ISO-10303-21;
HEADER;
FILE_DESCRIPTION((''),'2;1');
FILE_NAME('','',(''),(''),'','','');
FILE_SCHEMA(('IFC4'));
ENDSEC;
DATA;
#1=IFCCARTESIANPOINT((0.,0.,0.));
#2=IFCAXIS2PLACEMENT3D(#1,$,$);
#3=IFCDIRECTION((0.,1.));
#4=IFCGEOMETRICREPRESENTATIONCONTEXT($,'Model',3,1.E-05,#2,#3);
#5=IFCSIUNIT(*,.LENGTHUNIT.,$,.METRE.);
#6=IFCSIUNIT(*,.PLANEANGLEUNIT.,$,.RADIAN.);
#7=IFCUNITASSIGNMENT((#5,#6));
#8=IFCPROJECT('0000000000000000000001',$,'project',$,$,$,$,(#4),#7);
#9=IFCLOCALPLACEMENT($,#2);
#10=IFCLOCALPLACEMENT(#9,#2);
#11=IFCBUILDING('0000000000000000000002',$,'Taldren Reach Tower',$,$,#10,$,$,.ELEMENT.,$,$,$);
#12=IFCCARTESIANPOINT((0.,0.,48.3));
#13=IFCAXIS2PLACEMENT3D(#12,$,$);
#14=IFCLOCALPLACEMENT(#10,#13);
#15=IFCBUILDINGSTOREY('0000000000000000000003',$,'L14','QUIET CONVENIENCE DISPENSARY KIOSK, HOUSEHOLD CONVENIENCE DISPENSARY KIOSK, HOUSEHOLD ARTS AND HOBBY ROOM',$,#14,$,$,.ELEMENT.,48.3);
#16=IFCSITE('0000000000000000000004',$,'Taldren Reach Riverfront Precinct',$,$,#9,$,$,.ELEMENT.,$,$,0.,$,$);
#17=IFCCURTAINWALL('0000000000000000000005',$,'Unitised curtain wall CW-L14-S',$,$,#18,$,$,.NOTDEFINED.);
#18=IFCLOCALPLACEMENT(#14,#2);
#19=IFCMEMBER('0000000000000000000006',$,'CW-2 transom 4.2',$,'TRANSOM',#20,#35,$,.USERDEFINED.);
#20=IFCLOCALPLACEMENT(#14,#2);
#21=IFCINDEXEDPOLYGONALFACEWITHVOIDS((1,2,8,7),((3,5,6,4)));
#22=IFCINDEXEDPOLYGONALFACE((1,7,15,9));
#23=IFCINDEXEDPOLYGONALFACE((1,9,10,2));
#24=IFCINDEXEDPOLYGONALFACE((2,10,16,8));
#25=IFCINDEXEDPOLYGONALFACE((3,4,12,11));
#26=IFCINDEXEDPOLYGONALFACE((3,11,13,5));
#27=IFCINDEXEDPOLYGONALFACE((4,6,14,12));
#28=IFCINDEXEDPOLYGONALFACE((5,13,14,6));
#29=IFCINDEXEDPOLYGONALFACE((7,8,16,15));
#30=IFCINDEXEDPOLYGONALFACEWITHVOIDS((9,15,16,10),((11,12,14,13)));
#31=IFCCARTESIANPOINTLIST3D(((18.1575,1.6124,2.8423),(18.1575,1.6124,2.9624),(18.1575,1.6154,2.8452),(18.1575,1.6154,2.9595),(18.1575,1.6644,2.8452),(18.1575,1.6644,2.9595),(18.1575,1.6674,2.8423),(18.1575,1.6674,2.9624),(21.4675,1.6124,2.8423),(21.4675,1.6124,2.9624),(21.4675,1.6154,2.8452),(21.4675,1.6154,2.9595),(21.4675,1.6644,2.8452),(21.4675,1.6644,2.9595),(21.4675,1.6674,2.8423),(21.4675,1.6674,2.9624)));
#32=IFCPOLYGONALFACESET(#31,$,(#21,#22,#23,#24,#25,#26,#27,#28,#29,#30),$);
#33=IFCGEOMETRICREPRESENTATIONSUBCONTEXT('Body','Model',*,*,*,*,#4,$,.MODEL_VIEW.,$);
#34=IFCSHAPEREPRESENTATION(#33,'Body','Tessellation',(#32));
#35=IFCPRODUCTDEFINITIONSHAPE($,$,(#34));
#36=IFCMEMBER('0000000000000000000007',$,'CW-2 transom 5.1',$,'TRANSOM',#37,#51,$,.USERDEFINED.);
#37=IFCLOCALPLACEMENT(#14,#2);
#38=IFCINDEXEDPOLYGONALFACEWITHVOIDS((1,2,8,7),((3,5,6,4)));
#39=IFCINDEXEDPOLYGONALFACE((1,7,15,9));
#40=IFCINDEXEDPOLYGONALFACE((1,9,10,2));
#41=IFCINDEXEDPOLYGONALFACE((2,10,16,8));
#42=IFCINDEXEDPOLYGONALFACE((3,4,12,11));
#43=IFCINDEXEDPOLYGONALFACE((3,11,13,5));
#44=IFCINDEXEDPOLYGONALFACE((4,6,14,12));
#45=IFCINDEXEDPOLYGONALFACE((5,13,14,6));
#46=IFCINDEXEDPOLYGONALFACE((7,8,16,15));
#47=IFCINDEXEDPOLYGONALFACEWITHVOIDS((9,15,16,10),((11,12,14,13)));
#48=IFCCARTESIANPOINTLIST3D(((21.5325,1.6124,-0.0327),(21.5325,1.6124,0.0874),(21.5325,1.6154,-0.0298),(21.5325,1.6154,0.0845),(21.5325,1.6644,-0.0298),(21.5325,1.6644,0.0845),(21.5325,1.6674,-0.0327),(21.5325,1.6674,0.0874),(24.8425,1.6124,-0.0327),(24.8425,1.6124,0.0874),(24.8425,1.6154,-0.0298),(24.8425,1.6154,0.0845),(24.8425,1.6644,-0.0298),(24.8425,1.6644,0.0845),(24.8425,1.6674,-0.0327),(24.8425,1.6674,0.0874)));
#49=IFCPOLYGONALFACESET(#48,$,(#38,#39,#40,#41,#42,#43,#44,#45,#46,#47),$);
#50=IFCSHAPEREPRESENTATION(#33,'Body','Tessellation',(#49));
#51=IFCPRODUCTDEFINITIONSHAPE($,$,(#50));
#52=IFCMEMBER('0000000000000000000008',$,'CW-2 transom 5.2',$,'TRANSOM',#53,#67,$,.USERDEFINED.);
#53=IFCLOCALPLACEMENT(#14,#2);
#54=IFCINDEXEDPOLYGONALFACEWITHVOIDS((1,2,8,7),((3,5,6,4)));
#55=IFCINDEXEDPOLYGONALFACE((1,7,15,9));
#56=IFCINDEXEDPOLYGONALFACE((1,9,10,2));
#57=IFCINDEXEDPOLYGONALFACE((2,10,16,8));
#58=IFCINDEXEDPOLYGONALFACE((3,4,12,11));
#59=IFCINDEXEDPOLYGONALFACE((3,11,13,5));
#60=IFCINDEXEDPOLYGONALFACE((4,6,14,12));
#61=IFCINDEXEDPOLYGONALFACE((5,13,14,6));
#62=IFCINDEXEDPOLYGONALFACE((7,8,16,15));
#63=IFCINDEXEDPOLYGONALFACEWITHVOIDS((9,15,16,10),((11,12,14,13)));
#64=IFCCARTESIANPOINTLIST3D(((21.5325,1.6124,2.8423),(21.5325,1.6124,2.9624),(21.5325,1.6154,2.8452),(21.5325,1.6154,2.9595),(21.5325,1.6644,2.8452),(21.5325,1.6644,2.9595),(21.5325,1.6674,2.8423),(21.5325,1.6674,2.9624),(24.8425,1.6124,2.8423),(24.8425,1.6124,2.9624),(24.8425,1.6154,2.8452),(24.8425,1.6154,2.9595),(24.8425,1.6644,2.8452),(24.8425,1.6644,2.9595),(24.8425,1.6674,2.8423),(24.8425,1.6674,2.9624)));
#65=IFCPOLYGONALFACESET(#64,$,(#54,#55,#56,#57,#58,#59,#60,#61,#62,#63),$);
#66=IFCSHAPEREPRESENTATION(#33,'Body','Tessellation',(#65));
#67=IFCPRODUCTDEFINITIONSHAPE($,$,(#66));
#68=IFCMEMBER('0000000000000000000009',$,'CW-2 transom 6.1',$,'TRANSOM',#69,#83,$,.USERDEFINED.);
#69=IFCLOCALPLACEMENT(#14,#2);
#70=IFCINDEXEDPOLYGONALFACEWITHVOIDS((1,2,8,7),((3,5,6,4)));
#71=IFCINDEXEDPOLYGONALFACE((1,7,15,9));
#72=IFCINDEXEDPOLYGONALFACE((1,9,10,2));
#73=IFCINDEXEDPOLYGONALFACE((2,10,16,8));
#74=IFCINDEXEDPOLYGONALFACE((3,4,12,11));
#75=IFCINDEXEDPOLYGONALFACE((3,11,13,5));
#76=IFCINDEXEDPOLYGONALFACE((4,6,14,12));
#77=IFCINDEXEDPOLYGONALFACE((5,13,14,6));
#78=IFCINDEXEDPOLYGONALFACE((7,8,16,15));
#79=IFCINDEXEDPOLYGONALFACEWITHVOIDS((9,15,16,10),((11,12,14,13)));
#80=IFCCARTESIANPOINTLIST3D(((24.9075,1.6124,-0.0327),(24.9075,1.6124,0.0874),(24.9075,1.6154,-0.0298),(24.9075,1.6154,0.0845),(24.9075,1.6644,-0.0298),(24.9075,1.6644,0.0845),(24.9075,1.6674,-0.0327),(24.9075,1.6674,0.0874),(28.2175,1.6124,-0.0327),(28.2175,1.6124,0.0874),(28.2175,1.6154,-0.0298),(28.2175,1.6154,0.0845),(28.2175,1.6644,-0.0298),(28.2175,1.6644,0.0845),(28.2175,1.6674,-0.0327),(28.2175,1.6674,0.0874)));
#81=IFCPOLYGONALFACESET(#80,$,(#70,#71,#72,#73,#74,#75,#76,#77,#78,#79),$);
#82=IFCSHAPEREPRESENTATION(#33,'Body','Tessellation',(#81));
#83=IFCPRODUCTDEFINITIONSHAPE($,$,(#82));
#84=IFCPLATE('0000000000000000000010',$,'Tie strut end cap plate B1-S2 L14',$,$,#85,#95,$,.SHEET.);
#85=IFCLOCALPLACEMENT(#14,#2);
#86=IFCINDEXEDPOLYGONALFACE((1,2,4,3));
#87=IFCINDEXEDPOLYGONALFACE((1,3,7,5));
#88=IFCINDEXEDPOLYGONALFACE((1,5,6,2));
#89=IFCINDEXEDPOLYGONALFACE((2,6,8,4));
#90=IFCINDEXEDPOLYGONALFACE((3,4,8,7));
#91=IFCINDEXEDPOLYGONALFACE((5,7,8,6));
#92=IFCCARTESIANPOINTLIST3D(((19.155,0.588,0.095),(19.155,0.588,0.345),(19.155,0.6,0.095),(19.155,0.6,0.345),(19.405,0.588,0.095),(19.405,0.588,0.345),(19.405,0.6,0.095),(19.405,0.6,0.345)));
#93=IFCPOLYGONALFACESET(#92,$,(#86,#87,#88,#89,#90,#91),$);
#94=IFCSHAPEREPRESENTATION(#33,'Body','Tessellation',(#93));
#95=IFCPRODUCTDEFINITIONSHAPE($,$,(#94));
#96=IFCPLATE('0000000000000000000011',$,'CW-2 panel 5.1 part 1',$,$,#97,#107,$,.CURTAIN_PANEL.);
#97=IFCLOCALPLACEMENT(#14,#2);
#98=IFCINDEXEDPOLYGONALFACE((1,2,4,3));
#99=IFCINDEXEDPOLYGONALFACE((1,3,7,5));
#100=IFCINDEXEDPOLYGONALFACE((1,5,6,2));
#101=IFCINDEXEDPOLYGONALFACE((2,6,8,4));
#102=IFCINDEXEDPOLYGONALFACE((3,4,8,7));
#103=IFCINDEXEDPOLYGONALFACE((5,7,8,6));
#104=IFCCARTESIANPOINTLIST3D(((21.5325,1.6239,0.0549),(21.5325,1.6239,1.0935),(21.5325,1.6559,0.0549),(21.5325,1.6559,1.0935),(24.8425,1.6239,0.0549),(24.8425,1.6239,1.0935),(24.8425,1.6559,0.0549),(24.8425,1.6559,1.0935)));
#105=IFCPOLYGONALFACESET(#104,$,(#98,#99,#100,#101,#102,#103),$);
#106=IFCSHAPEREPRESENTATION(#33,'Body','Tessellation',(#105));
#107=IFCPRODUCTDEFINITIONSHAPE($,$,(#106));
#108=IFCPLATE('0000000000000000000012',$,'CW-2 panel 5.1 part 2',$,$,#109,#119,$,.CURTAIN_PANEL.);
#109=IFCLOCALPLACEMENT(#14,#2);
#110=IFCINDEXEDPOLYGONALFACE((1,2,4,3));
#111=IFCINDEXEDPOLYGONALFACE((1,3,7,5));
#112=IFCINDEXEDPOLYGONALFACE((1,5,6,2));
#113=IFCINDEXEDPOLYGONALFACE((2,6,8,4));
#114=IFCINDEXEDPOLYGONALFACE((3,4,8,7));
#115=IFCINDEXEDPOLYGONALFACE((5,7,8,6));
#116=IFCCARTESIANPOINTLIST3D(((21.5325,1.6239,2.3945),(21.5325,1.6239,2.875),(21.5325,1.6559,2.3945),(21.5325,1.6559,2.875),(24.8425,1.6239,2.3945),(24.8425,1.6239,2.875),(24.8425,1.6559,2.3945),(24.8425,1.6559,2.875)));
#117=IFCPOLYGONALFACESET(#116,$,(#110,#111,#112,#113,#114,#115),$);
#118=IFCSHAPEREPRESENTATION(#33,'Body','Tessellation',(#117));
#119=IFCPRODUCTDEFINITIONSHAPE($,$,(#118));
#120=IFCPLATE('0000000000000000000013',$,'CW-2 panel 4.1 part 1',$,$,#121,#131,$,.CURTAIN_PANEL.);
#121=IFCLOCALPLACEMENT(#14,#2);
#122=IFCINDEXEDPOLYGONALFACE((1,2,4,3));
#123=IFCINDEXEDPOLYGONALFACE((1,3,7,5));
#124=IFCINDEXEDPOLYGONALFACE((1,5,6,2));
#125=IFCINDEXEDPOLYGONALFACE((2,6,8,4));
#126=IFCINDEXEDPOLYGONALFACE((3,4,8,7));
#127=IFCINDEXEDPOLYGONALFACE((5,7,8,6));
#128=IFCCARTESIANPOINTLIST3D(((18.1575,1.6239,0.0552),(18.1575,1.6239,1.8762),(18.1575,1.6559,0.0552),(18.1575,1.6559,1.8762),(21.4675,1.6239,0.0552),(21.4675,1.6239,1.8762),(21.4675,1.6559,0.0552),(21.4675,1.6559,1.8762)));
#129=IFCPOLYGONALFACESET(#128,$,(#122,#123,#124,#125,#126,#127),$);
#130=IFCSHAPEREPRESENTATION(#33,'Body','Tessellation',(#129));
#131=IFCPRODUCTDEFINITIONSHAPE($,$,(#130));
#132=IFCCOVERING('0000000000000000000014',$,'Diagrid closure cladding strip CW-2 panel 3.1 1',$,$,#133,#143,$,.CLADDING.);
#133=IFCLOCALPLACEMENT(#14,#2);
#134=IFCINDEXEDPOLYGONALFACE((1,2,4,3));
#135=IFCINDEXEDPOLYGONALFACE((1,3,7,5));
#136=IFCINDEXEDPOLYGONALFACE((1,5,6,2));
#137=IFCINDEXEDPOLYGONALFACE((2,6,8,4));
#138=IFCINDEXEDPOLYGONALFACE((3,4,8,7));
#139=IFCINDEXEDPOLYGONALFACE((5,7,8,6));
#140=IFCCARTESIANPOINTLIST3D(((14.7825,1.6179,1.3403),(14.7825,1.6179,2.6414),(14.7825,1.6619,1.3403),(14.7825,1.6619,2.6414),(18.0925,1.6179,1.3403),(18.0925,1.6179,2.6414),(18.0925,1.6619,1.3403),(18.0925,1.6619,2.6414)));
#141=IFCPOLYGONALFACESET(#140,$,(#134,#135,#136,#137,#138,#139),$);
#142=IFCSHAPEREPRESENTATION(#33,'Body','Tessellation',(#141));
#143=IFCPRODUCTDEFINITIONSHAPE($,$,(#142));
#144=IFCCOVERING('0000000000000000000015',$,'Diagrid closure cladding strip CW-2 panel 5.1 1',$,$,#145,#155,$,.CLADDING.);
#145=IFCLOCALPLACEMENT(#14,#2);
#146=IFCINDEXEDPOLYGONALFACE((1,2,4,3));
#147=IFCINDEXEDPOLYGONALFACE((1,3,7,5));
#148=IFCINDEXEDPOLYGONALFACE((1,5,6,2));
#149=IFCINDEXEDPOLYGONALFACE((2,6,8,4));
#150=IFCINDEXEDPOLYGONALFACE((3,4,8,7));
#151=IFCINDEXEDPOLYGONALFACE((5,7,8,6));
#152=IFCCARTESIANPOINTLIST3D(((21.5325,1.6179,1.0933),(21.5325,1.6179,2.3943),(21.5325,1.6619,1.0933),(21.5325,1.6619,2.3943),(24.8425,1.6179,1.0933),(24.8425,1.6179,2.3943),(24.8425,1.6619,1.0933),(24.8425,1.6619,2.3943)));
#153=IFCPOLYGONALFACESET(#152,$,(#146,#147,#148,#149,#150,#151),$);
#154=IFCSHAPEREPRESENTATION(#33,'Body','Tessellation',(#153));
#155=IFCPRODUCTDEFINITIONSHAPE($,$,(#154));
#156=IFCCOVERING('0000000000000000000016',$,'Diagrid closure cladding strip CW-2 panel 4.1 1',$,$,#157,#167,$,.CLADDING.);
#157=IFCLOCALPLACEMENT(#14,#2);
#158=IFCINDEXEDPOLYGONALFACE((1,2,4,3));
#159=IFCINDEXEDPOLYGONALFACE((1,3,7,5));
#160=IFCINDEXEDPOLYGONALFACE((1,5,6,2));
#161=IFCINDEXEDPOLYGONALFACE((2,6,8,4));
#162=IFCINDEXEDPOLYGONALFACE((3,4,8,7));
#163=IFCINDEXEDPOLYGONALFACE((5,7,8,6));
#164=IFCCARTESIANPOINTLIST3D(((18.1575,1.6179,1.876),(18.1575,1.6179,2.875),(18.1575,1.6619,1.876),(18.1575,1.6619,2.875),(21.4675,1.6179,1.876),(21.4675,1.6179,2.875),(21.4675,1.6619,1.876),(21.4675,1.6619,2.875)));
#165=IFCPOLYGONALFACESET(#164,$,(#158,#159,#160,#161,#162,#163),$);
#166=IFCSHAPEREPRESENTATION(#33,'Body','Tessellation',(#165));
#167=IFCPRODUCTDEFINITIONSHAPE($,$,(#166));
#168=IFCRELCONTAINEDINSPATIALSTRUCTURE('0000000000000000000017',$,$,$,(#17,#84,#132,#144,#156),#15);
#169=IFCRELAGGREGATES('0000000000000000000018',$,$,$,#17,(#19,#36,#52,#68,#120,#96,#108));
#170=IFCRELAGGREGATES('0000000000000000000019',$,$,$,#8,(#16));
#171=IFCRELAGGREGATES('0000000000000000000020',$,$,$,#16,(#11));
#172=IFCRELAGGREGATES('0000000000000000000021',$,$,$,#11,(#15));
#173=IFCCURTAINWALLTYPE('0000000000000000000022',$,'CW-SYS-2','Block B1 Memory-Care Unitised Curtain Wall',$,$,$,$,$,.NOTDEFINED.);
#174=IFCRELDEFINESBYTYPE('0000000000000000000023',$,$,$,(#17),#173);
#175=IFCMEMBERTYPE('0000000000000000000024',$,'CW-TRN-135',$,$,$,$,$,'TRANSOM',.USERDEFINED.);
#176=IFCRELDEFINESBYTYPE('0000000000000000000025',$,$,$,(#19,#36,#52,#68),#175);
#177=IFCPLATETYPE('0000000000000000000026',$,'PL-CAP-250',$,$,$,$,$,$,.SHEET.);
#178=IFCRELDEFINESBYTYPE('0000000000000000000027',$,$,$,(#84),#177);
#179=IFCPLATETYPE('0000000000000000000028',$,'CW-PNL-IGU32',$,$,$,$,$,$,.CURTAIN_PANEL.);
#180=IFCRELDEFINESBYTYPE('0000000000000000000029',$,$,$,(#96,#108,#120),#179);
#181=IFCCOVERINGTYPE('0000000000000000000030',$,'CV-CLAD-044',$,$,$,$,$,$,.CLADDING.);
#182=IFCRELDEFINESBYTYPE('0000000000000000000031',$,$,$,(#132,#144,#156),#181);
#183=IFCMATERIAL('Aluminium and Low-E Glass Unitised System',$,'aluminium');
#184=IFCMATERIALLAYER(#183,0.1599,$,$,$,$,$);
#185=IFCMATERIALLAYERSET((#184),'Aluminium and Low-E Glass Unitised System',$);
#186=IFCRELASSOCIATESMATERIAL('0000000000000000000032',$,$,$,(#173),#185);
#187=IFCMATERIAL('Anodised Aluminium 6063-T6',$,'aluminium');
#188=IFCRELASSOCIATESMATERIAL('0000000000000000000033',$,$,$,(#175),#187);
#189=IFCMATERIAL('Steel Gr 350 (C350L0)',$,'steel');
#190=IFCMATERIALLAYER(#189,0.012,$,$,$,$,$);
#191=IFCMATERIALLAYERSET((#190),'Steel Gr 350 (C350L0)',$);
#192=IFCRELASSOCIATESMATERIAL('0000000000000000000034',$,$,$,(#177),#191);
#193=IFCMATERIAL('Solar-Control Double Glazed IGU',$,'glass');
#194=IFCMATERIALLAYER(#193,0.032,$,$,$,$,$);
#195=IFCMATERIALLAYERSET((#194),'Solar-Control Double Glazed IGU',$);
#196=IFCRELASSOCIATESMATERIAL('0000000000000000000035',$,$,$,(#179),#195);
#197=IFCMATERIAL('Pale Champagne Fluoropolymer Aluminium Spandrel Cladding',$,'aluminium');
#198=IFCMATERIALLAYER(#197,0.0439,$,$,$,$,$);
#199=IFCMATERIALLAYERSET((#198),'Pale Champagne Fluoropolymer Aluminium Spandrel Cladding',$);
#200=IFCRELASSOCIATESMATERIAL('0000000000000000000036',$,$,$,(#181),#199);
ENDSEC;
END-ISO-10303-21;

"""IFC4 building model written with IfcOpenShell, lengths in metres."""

from ifc_helpers import new_model, si_unit, direction, frame, origin, origin_2d, place, context, subcontext, project, spatial, rectangle, hollow_rectangle, extrude, source, transform, mapped, material, layer, layer_set, material_profile, profile_set, type_object, element, aggregate, save


model = new_model("IFC4")

# Units and contexts
model_context = context("Model", 3, precision=1e-05, world=origin(), true_north=direction((0.0, 1.0)))
body_context = subcontext(model_context, "Body", "Model", "MODEL_VIEW")
ifc_project = project(units=[si_unit("LENGTHUNIT", "METRE"), si_unit("PLANEANGLEUNIT", "RADIAN")], contexts=[model_context])

# Site, building, storey
site_placement = place(None, origin())
site = spatial("IfcSite", under=ifc_project, at=site_placement, Name="Taldren Reach Riverfront Precinct", CompositionType="ELEMENT", RefElevation=0.0)
building_placement = place(site_placement, origin())
building = spatial("IfcBuilding", under=site, at=building_placement, Name="Taldren Reach Tower", CompositionType="ELEMENT")
storey_placement = place(building_placement, frame((0.0, 0.0, 48.3)))
storey = spatial("IfcBuildingStorey", under=building, at=storey_placement, Name="L14", Description="QUIET CONVENIENCE DISPENSARY KIOSK, HOUSEHOLD CONVENIENCE DISPENSARY KIOSK, HOUSEHOLD ARTS AND HOBBY ROOM", CompositionType="ELEMENT", Elevation=48.3)

# Shared definitions
ifc_material_1 = material(Name="Steel Gr 350 (C350L0)", Category="steel")

# Curtain wall, members
ifc_material_2 = material(Name="Aluminium and Low-E Glass Unitised System", Category="aluminium")
ifc_layer_1 = layer(ifc_material_2, 0.1599)
ifc_layer_set_1 = layer_set([ifc_layer_1], Name="Aluminium and Low-E Glass Unitised System")
curtain_wall_type = type_object("IfcCurtainWallType", Name="CW-SYS-2", Description="Block B1 Memory-Care Unitised Curtain Wall", PredefinedType="NOTDEFINED", material=ifc_layer_set_1)
curtain_wall_placement = place(storey_placement, origin())
curtain_wall = element("IfcCurtainWall", 1, at=curtain_wall_placement, inside=storey, type_object=curtain_wall_type, Name="Unitised curtain wall CW-L14-S", PredefinedType="NOTDEFINED")
ifc_material_3 = material(Name="Anodised Aluminium 6063-T6", Category="aluminium")
ifc_material_profile_1 = material_profile(ifc_material_3, hollow_rectangle(XDim=0.0549, YDim=0.1201, WallThickness=0.0029, at=origin_2d()), Name="ALU-120x55x3RHS")
ifc_profile_set_1 = profile_set([ifc_material_profile_1], Name="Anodised Aluminium 6063-T6")
member_type_1 = type_object("IfcMemberType", Name="CW-TRN-135", ElementType="TRANSOM", PredefinedType="USERDEFINED", material=ifc_profile_set_1)
shared_shape_1 = source(origin(), body_context, "Body", "SweptSolid", [
    extrude(hollow_rectangle(XDim=0.0549, YDim=0.1201, WallThickness=0.0029, at=origin_2d()), origin(), (0.0, 0.0, 1.0), 3.3101),
])
member_1_placement = place(storey_placement, frame((18.1575, 1.6399, 2.9023), z_axis=(1.0, 0.0, 0.0), x_axis=(0.0, 1.0, 0.0)))
member_1 = element("IfcMember", 2, at=member_1_placement, type_object=member_type_1, Name="CW-2 transom 4.2", ObjectType="TRANSOM", PredefinedType="USERDEFINED", context=body_context, shape_type="MappedRepresentation", body=[
    mapped(shared_shape_1, transform((0.0, 0.0, 0.0), scale=1.0)),
])
member_2_placement = place(storey_placement, frame((21.5325, 1.6399, 0.0273), z_axis=(1.0, 0.0, 0.0), x_axis=(0.0, 1.0, 0.0)))
member_2 = element("IfcMember", 3, at=member_2_placement, type_object=member_type_1, Name="CW-2 transom 5.1", ObjectType="TRANSOM", PredefinedType="USERDEFINED", context=body_context, shape_type="MappedRepresentation", body=[
    mapped(shared_shape_1, transform((0.0, 0.0, 0.0), scale=1.0)),
])
member_3_placement = place(storey_placement, frame((21.5325, 1.6399, 2.9023), z_axis=(1.0, 0.0, 0.0), x_axis=(0.0, 1.0, 0.0)))
member_3 = element("IfcMember", 4, at=member_3_placement, type_object=member_type_1, Name="CW-2 transom 5.2", ObjectType="TRANSOM", PredefinedType="USERDEFINED", context=body_context, shape_type="MappedRepresentation", body=[
    mapped(shared_shape_1, transform((0.0, 0.0, 0.0), scale=1.0)),
])
member_4_placement = place(storey_placement, frame((24.9075, 1.6399, 0.0273), z_axis=(1.0, 0.0, 0.0), x_axis=(0.0, 1.0, 0.0)))
member_4 = element("IfcMember", 5, at=member_4_placement, type_object=member_type_1, Name="CW-2 transom 6.1", ObjectType="TRANSOM", PredefinedType="USERDEFINED", context=body_context, shape_type="MappedRepresentation", body=[
    mapped(shared_shape_1, transform((0.0, 0.0, 0.0), scale=1.0)),
])

# Plates
ifc_layer_2 = layer(ifc_material_1, 0.012)
ifc_layer_set_2 = layer_set([ifc_layer_2], Name="Steel Gr 350 (C350L0)")
plate_type_1 = type_object("IfcPlateType", Name="PL-CAP-250", PredefinedType="SHEET", material=ifc_layer_set_2)
shared_shape_2 = source(origin(), body_context, "Body", "SweptSolid", [
    extrude(rectangle(XDim=0.25, YDim=0.012, at=origin_2d()), origin(), (0.0, 0.0, 1.0), 0.25),
])
plate_1_placement = place(storey_placement, frame((19.28, 0.594, 0.095), z_axis=(0.0, 0.0, 1.0), x_axis=(1.0, 0.0, 0.0)))
element("IfcPlate", 6, at=plate_1_placement, inside=storey, type_object=plate_type_1, Name="Tie strut end cap plate B1-S2 L14", PredefinedType="SHEET", context=body_context, shape_type="MappedRepresentation", body=[
    mapped(shared_shape_2, transform((0.0, 0.0, 0.0), scale=1.0)),
])
ifc_material_4 = material(Name="Solar-Control Double Glazed IGU", Category="glass")
ifc_layer_3 = layer(ifc_material_4, 0.032)
ifc_layer_set_3 = layer_set([ifc_layer_3], Name="Solar-Control Double Glazed IGU")
plate_type_2 = type_object("IfcPlateType", Name="CW-PNL-IGU32", PredefinedType="CURTAIN_PANEL", material=ifc_layer_set_3)
shared_shape_3 = source(origin(), body_context, "Body", "SweptSolid", [
    extrude(rectangle(XDim=3.3101, YDim=0.032, at=origin_2d()), origin(), (0.0, 0.0, 1.0), 1.0386),
])
plate_2_placement = place(storey_placement, frame((23.1875, 1.6399, 0.0549), z_axis=(0.0, 0.0, 1.0), x_axis=(1.0, 0.0, 0.0)))
plate_2 = element("IfcPlate", 7, at=plate_2_placement, type_object=plate_type_2, Name="CW-2 panel 5.1 part 1", PredefinedType="CURTAIN_PANEL", context=body_context, shape_type="MappedRepresentation", body=[
    mapped(shared_shape_3, transform((0.0, 0.0, 0.0), scale=1.0)),
])
shared_shape_4 = source(origin(), body_context, "Body", "SweptSolid", [
    extrude(rectangle(XDim=3.3101, YDim=0.032, at=origin_2d()), origin(), (0.0, 0.0, 1.0), 0.4805),
])
plate_3_placement = place(storey_placement, frame((23.1875, 1.6399, 2.3945), z_axis=(0.0, 0.0, 1.0), x_axis=(1.0, 0.0, 0.0)))
plate_3 = element("IfcPlate", 8, at=plate_3_placement, type_object=plate_type_2, Name="CW-2 panel 5.1 part 2", PredefinedType="CURTAIN_PANEL", context=body_context, shape_type="MappedRepresentation", body=[
    mapped(shared_shape_4, transform((0.0, 0.0, 0.0), scale=1.0)),
])
shared_shape_5 = source(origin(), body_context, "Body", "SweptSolid", [
    extrude(rectangle(XDim=3.3101, YDim=0.032, at=origin_2d()), origin(), (0.0, 0.0, 1.0), 1.821),
])
plate_4_placement = place(storey_placement, frame((19.8125, 1.6399, 0.0552), z_axis=(0.0, 0.0, 1.0), x_axis=(1.0, 0.0, 0.0)))
plate_4 = element("IfcPlate", 9, at=plate_4_placement, type_object=plate_type_2, Name="CW-2 panel 4.1 part 1", PredefinedType="CURTAIN_PANEL", context=body_context, shape_type="MappedRepresentation", body=[
    mapped(shared_shape_5, transform((0.0, 0.0, 0.0), scale=1.0)),
])
aggregate(curtain_wall, [member_1, member_2, member_3, member_4, plate_4, plate_2, plate_3])

# Coverings
ifc_material_5 = material(Name="Pale Champagne Fluoropolymer Aluminium Spandrel Cladding", Category="aluminium")
ifc_layer_4 = layer(ifc_material_5, 0.0439)
ifc_layer_set_4 = layer_set([ifc_layer_4], Name="Pale Champagne Fluoropolymer Aluminium Spandrel Cladding")
covering_type = type_object("IfcCoveringType", Name="CV-CLAD-044", PredefinedType="CLADDING", material=ifc_layer_set_4)
shared_shape_6 = source(origin(), body_context, "Body", "SweptSolid", [
    extrude(rectangle(XDim=3.3101, YDim=0.0439, at=origin_2d()), origin(), (0.0, 0.0, 1.0), 1.301),
])
for number, where, z_axis, x_axis, name in (
    (10, (16.4375, 1.6399, 1.3403), (0.0, 0.0, 1.0), (1.0, 0.0, 0.0), "Diagrid closure cladding strip CW-2 panel 3.1 1"),
    (11, (23.1875, 1.6399, 1.0933), (0.0, 0.0, 1.0), (1.0, 0.0, 0.0), "Diagrid closure cladding strip CW-2 panel 5.1 1"),
):
    element("IfcCovering", number, at=place(storey_placement, frame(where, z_axis=z_axis, x_axis=x_axis)), inside=storey, type_object=covering_type, Name=name, PredefinedType="CLADDING", context=body_context, shape_type="MappedRepresentation", body=[
        mapped(shared_shape_6, transform((0.0, 0.0, 0.0), scale=1.0)),
    ])
shared_shape_7 = source(origin(), body_context, "Body", "SweptSolid", [
    extrude(rectangle(XDim=3.3101, YDim=0.0439, at=origin_2d()), origin(), (0.0, 0.0, 1.0), 0.999),
])
covering_placement = place(storey_placement, frame((19.8125, 1.6399, 1.876), z_axis=(0.0, 0.0, 1.0), x_axis=(1.0, 0.0, 0.0)))
element("IfcCovering", 12, at=covering_placement, inside=storey, type_object=covering_type, Name="Diagrid closure cladding strip CW-2 panel 4.1 1", PredefinedType="CLADDING", context=body_context, shape_type="MappedRepresentation", body=[
    mapped(shared_shape_7, transform((0.0, 0.0, 0.0), scale=1.0)),
])

save(model, "model.ifc")
